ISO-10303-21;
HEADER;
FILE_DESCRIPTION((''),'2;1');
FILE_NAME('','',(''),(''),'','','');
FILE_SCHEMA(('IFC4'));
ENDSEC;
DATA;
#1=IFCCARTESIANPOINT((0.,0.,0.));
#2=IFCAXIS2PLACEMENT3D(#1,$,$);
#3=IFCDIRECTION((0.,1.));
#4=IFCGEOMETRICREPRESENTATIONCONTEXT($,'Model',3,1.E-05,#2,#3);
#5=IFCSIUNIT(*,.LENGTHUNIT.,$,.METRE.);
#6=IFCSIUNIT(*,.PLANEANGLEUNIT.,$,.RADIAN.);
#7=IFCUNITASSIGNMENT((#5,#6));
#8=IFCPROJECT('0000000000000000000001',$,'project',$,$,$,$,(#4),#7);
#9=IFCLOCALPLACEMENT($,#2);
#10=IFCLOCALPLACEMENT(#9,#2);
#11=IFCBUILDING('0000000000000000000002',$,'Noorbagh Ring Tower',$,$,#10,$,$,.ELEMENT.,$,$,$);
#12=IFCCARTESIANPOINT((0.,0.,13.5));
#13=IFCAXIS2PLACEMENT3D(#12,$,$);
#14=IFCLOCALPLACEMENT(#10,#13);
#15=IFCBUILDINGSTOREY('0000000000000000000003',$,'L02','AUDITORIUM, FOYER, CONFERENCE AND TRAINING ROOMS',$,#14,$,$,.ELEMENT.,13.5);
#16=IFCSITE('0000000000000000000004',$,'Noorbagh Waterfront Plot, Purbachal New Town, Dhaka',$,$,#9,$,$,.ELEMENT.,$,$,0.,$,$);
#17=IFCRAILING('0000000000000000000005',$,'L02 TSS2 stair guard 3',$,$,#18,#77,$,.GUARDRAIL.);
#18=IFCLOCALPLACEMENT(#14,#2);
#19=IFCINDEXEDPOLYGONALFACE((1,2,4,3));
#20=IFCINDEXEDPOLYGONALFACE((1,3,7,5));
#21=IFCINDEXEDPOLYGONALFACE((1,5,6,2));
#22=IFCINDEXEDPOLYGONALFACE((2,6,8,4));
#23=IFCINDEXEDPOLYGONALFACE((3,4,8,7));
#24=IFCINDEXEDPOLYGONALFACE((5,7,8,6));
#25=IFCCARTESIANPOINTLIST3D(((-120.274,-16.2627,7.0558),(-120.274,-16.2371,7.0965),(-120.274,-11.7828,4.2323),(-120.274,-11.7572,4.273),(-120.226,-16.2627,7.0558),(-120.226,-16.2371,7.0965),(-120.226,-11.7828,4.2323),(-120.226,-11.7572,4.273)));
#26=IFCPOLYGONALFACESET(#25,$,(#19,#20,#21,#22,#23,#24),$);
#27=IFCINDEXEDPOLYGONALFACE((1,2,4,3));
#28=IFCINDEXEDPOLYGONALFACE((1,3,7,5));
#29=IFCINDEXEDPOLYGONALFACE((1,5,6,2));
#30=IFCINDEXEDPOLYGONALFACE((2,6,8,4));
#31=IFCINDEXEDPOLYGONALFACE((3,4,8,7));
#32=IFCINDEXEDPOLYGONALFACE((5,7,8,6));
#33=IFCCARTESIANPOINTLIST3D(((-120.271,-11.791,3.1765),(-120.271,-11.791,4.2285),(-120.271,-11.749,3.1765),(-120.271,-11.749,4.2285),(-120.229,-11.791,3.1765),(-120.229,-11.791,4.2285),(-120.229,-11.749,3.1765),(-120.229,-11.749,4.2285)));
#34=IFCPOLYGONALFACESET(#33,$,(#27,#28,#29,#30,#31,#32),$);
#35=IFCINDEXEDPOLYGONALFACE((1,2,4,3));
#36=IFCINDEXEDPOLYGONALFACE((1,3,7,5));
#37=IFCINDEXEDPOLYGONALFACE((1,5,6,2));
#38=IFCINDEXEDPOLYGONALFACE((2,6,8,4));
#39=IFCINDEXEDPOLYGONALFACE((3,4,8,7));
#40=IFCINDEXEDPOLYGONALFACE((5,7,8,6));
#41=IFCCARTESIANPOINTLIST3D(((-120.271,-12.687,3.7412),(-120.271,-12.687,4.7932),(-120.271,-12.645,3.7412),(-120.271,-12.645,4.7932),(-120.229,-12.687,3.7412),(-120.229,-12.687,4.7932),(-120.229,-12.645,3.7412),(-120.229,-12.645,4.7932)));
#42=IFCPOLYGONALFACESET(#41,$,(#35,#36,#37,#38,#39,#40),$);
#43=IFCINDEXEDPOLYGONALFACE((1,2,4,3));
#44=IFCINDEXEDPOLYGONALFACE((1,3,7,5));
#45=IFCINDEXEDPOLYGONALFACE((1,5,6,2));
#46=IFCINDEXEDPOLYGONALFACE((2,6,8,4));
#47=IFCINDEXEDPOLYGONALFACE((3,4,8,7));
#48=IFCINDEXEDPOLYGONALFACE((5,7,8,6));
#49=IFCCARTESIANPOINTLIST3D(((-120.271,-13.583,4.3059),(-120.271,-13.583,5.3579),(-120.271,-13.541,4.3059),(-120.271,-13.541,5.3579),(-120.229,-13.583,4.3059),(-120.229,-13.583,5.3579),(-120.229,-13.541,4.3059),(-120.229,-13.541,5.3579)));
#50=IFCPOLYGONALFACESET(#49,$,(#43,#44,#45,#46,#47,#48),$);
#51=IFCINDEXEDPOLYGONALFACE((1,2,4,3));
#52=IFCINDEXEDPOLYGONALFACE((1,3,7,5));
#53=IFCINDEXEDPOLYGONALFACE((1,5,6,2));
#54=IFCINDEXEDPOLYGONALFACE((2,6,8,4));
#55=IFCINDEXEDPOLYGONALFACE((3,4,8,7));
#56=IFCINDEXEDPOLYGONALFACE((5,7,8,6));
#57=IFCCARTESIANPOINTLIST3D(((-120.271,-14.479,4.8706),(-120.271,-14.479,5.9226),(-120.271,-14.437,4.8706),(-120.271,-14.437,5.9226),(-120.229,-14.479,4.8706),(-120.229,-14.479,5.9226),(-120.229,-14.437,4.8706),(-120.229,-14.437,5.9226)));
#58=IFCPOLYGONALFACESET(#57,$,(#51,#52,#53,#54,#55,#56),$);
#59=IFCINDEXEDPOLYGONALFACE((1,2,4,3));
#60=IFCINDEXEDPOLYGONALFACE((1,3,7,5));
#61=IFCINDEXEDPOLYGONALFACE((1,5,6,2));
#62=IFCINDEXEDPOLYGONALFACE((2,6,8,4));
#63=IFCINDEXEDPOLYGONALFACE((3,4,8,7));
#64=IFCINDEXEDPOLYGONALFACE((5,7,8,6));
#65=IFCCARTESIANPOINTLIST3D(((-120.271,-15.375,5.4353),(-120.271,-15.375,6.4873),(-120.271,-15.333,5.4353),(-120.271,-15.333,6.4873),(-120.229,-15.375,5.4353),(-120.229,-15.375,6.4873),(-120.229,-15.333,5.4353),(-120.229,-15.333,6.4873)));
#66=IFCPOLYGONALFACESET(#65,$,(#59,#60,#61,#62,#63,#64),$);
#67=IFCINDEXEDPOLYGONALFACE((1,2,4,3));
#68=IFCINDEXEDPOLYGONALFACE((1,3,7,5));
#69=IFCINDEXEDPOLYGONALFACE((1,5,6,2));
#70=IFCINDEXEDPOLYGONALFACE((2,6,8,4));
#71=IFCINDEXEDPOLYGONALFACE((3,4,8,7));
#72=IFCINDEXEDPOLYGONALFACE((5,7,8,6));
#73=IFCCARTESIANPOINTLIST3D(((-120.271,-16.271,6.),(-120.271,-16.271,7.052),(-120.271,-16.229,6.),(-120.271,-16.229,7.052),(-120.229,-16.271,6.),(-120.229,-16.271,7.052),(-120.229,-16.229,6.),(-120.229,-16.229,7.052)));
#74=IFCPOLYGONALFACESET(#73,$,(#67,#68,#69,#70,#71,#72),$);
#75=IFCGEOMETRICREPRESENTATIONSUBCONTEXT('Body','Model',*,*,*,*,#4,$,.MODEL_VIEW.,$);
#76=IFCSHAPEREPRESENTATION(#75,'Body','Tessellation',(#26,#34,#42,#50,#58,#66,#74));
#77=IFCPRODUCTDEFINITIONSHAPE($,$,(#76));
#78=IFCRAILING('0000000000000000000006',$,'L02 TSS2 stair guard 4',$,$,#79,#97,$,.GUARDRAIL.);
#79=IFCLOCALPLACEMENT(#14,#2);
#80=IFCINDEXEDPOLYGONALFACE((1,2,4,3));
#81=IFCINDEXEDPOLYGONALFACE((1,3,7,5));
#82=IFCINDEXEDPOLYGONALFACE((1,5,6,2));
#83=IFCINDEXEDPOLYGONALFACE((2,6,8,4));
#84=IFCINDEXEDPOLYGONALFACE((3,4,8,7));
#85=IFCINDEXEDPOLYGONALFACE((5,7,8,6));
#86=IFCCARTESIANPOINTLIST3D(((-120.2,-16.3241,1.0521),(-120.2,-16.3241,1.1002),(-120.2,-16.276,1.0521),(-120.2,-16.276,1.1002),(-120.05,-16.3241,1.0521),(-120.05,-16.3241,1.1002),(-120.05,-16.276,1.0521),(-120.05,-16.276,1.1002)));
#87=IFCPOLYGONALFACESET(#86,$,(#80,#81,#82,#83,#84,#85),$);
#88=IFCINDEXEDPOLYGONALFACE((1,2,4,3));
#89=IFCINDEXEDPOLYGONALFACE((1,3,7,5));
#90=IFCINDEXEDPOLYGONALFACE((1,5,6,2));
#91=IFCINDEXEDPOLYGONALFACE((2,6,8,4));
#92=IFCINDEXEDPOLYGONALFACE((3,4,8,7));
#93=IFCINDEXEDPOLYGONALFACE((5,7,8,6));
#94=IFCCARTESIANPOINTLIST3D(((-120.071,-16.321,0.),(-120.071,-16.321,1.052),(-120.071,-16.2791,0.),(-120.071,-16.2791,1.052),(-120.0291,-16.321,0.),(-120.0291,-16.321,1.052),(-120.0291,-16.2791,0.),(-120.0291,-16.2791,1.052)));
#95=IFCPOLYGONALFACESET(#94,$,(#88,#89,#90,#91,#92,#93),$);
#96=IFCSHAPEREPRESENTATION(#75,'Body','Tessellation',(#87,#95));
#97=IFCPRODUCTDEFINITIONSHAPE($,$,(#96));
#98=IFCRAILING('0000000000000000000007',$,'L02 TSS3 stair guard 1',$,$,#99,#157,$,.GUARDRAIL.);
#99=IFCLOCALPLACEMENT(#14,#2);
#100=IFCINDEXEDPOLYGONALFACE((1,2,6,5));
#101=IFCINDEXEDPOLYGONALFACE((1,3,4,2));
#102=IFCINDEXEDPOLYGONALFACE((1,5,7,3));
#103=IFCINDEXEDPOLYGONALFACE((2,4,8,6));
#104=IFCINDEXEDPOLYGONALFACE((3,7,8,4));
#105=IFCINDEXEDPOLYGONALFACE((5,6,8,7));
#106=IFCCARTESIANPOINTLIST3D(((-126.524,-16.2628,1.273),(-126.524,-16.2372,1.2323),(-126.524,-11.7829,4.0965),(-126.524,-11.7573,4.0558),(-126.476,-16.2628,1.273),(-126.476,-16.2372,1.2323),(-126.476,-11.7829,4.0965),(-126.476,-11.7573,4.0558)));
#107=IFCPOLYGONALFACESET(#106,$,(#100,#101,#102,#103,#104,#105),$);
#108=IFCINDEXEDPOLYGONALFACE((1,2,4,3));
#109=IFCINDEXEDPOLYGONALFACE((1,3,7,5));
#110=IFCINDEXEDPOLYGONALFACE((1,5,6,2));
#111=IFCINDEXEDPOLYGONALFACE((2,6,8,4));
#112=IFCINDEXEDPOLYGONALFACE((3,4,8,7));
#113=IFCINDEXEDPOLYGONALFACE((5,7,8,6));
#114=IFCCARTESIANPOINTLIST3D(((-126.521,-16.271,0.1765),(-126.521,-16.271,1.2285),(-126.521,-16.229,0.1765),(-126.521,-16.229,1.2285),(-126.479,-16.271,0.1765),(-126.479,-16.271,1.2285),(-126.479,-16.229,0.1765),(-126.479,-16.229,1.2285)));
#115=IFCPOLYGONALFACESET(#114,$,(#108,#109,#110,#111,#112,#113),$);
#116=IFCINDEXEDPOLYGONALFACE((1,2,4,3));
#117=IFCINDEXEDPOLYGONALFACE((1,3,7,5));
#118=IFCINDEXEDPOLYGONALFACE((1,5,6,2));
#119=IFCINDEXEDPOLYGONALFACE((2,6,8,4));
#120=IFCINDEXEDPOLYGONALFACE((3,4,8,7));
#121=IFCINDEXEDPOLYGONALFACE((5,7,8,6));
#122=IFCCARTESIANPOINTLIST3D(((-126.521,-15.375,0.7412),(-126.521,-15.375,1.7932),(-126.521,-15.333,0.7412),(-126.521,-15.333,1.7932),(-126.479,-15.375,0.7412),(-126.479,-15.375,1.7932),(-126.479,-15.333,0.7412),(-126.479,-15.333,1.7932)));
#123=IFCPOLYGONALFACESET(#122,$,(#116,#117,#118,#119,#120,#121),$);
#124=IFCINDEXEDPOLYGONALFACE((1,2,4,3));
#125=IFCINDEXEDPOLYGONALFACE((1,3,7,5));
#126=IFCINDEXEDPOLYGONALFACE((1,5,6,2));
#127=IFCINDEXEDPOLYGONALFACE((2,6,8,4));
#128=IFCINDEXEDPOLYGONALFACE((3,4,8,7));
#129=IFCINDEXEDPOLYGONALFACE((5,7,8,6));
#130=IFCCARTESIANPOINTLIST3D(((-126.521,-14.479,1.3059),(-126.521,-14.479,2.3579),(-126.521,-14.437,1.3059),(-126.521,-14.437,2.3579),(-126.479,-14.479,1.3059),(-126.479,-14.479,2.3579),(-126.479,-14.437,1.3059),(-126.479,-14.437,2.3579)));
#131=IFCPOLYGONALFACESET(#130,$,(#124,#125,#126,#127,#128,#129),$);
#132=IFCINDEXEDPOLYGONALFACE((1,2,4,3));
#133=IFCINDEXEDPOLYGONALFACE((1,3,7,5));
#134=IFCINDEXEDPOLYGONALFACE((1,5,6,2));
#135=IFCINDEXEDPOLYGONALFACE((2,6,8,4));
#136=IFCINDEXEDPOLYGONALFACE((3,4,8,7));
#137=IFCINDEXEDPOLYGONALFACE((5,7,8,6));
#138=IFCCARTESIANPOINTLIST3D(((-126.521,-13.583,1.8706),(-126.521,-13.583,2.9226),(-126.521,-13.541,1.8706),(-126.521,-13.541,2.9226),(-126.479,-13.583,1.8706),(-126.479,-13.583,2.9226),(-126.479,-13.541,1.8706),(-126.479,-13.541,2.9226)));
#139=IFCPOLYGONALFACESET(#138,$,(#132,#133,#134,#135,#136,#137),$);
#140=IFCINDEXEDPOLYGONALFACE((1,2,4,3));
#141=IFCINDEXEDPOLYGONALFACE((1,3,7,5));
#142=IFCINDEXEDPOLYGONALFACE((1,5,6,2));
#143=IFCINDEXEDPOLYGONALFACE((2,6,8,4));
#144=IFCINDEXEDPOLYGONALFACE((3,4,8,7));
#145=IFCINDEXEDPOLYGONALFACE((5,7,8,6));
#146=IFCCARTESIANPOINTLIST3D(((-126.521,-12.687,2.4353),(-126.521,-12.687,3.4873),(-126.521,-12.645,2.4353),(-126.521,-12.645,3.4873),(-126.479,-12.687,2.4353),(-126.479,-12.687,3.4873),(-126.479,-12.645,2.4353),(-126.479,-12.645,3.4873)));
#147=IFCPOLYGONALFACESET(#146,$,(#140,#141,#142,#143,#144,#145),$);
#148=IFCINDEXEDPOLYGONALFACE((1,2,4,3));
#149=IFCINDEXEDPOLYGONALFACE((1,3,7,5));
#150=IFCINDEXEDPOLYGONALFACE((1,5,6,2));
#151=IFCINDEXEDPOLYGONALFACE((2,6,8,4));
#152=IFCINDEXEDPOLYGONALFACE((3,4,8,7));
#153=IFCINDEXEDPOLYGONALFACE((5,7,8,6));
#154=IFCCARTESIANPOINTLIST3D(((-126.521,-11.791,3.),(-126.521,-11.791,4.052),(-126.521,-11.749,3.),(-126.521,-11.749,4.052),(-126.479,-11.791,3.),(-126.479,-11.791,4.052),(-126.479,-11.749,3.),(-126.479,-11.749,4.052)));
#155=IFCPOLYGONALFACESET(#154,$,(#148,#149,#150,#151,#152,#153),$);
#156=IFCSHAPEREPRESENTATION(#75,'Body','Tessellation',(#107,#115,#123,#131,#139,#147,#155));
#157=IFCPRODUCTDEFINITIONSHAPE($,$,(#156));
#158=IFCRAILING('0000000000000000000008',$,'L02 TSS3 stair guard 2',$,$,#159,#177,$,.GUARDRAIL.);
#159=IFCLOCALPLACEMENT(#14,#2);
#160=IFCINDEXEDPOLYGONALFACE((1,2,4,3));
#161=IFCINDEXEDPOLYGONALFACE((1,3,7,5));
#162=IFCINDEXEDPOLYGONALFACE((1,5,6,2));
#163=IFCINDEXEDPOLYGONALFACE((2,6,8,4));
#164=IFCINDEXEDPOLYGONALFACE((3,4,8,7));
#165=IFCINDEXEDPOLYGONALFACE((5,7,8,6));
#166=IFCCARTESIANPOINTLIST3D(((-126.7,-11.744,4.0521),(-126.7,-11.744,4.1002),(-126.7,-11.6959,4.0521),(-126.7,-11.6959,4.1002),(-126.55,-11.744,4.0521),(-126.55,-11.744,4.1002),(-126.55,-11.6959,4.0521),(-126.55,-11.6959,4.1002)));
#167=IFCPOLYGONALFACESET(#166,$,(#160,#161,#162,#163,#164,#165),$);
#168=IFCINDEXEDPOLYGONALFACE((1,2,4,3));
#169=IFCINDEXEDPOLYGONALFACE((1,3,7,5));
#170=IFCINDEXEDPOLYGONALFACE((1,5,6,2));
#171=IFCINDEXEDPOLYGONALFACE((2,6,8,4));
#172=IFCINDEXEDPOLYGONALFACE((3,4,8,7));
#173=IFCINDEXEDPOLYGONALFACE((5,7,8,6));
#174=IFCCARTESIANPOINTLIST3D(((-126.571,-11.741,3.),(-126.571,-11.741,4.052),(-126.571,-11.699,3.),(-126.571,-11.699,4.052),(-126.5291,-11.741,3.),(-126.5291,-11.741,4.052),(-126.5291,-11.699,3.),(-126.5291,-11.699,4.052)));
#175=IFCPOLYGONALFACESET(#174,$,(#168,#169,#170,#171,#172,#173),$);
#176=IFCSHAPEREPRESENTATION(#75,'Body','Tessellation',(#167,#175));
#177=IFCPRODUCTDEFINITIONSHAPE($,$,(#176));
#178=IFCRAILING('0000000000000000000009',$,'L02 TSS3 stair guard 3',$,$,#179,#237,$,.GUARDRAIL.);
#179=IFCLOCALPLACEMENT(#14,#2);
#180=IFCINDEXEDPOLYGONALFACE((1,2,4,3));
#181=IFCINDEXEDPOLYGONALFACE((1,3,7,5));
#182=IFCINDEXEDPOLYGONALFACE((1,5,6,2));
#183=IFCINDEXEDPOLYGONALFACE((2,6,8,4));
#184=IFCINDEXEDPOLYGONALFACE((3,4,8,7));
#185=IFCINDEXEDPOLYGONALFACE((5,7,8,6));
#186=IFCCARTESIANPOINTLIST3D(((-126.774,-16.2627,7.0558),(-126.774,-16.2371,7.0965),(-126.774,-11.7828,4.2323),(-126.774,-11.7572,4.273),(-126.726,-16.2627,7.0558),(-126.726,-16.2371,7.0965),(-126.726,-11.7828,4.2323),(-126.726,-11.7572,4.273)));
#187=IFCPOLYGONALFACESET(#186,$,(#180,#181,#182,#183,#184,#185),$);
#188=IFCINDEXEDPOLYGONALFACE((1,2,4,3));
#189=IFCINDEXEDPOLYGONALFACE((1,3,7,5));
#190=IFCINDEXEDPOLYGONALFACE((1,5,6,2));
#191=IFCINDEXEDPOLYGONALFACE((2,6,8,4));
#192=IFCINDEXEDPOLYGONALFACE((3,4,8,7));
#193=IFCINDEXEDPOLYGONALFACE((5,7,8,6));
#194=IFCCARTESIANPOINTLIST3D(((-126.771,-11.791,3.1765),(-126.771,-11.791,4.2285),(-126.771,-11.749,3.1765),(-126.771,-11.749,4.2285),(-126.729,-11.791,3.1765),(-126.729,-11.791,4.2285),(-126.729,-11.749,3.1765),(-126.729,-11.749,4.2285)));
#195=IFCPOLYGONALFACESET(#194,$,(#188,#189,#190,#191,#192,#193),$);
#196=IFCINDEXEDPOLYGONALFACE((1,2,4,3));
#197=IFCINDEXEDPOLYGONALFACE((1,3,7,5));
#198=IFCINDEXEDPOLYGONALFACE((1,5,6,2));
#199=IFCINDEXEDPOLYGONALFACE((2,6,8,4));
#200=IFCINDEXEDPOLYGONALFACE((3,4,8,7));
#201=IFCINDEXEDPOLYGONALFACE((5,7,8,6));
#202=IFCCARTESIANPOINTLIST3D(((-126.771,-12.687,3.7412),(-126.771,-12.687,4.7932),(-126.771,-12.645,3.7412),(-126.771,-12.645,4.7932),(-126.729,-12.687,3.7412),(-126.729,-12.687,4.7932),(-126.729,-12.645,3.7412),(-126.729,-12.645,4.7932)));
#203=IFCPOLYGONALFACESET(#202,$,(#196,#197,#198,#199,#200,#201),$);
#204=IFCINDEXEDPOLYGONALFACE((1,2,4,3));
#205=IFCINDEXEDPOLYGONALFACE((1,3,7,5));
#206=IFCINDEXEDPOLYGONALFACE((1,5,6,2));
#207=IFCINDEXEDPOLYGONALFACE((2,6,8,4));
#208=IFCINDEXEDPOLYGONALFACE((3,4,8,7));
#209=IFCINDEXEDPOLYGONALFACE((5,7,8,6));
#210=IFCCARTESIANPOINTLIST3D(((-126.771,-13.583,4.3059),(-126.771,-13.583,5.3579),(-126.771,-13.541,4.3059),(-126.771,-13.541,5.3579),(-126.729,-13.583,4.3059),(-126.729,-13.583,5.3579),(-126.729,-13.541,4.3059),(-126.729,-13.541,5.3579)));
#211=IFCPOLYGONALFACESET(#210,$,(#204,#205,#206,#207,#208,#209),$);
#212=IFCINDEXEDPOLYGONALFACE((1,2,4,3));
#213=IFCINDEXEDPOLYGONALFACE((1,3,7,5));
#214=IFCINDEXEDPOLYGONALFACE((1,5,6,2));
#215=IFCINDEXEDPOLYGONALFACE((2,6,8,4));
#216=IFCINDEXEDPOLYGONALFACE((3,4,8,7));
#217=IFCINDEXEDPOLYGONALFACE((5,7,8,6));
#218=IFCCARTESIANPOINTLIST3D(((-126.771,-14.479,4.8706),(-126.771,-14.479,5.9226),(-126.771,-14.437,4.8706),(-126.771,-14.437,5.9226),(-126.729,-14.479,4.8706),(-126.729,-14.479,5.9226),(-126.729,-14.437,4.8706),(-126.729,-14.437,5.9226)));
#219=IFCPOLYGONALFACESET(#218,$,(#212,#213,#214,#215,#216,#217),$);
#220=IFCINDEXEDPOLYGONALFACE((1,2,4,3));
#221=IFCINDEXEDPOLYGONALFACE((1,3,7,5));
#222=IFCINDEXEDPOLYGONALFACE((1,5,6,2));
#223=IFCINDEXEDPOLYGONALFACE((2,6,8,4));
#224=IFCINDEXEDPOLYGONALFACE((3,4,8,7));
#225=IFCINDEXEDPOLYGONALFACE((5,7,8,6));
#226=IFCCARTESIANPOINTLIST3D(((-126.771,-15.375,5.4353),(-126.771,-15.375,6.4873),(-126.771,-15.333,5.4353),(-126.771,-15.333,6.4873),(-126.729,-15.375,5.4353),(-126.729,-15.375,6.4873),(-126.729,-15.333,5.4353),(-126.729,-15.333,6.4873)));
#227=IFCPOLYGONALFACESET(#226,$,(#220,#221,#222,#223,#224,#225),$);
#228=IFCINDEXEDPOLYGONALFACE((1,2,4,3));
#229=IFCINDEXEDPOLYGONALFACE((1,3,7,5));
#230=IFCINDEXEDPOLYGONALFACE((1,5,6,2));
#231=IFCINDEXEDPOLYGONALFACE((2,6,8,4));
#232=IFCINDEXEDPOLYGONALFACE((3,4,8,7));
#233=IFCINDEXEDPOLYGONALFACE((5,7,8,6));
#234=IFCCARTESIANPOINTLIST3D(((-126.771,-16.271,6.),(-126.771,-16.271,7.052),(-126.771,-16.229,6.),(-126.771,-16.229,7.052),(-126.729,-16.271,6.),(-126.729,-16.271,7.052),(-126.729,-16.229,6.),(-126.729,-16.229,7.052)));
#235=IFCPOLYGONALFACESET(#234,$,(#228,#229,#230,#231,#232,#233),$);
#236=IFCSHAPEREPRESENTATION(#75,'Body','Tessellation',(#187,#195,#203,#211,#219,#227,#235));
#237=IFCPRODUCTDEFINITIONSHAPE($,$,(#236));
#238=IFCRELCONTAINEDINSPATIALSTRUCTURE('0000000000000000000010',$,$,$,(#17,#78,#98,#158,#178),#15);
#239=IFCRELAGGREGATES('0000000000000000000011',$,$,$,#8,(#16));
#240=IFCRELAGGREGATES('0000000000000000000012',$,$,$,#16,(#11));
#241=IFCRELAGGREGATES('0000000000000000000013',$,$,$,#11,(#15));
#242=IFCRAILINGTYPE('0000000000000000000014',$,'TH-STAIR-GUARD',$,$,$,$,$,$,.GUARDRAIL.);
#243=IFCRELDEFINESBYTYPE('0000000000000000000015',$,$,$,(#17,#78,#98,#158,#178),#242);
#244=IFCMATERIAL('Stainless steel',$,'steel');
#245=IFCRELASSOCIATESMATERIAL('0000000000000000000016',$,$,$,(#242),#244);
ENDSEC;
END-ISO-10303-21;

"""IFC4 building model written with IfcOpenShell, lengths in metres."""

from ifc_helpers import new_model, si_unit, direction, frame, origin, origin_2d, place, context, subcontext, project, spatial, rectangle, extrude, material, type_object, element, save


model = new_model("IFC4")

# Units and contexts
model_context = context("Model", 3, precision=1e-05, world=origin(), true_north=direction((0.0, 1.0)))
body_context = subcontext(model_context, "Body", "Model", "MODEL_VIEW")
ifc_project = project(units=[si_unit("LENGTHUNIT", "METRE"), si_unit("PLANEANGLEUNIT", "RADIAN")], contexts=[model_context])

# Site, building, storey
site_placement = place(None, origin())
site = spatial("IfcSite", under=ifc_project, at=site_placement, Name="Noorbagh Waterfront Plot, Purbachal New Town, Dhaka", CompositionType="ELEMENT", RefElevation=0.0)
building_placement = place(site_placement, origin())
building = spatial("IfcBuilding", under=site, at=building_placement, Name="Noorbagh Ring Tower", CompositionType="ELEMENT")
storey_placement = place(building_placement, frame((0.0, 0.0, 13.5)))
storey = spatial("IfcBuildingStorey", under=building, at=storey_placement, Name="L02", Description="AUDITORIUM, FOYER, CONFERENCE AND TRAINING ROOMS", CompositionType="ELEMENT", Elevation=13.5)

# Railings
ifc_material_1 = material(Name="Stainless steel", Category="steel")
railing_type_1 = type_object("IfcRailingType", Name="TH-STAIR-GUARD", PredefinedType="GUARDRAIL", material=ifc_material_1)
railing_1_placement = place(storey_placement, frame((-120.25, -11.77, 3.1765)))
element("IfcRailing", 1, at=railing_1_placement, inside=storey, type_object=railing_type_1, Name="L02 TSS2 stair guard 3", PredefinedType="GUARDRAIL", context=body_context, shape_type="SweptSolid", body=[
    extrude(rectangle(XDim=0.0481, YDim=0.0481, at=origin_2d()), frame((0.0, 0.0, 1.0762), z_axis=(0.0, -0.845998, 0.533186), x_axis=(1.0, 0.0, 0.0)), (0.0, 0.0, 1.0), 5.2954),
    extrude(rectangle(XDim=0.042, YDim=0.042, at=origin_2d()), origin(), (0.0, 0.0, 1.0), 1.052),
    extrude(rectangle(XDim=0.042, YDim=0.042, at=origin_2d()), frame((0.0, -0.896, 0.5647)), (0.0, 0.0, 1.0), 1.052),
    extrude(rectangle(XDim=0.042, YDim=0.042, at=origin_2d()), frame((0.0, -1.792, 1.1294)), (0.0, 0.0, 1.0), 1.052),
    extrude(rectangle(XDim=0.042, YDim=0.042, at=origin_2d()), frame((0.0, -2.688, 1.6941)), (0.0, 0.0, 1.0), 1.052),
    extrude(rectangle(XDim=0.042, YDim=0.042, at=origin_2d()), frame((0.0, -3.584, 2.2588)), (0.0, 0.0, 1.0), 1.052),
    extrude(rectangle(XDim=0.042, YDim=0.042, at=origin_2d()), frame((0.0, -4.48, 2.8235)), (0.0, 0.0, 1.0), 1.052),
])
railing_2_placement = place(storey_placement, frame((-120.05, -16.3, 0.0)))
element("IfcRailing", 2, at=railing_2_placement, inside=storey, type_object=railing_type_1, Name="L02 TSS2 stair guard 4", PredefinedType="GUARDRAIL", context=body_context, shape_type="SweptSolid", body=[
    extrude(rectangle(XDim=0.0481, YDim=0.0481, at=origin_2d()), frame((0.0, 0.0, 1.0762), z_axis=(-1.0, 0.0, 0.0), x_axis=(0.0, -1.0, 0.0)), (0.0, 0.0, 1.0), 0.1499),
    extrude(rectangle(XDim=0.042, YDim=0.042, at=origin_2d()), origin(), (0.0, 0.0, 1.0), 1.052),
])
railing_3_placement = place(storey_placement, frame((-126.5, -16.25, 0.1765)))
element("IfcRailing", 3, at=railing_3_placement, inside=storey, type_object=railing_type_1, Name="L02 TSS3 stair guard 1", PredefinedType="GUARDRAIL", context=body_context, shape_type="SweptSolid", body=[
    extrude(rectangle(XDim=0.0481, YDim=0.0481, at=origin_2d()), frame((0.0, 0.0, 1.0762), z_axis=(0.0, 0.845998, 0.533186), x_axis=(-1.0, 0.0, 0.0)), (0.0, 0.0, 1.0), 5.2954),
    extrude(rectangle(XDim=0.042, YDim=0.042, at=origin_2d()), origin(), (0.0, 0.0, 1.0), 1.052),
    extrude(rectangle(XDim=0.042, YDim=0.042, at=origin_2d()), frame((0.0, 0.896, 0.5647)), (0.0, 0.0, 1.0), 1.052),
    extrude(rectangle(XDim=0.042, YDim=0.042, at=origin_2d()), frame((0.0, 1.792, 1.1294)), (0.0, 0.0, 1.0), 1.052),
    extrude(rectangle(XDim=0.042, YDim=0.042, at=origin_2d()), frame((0.0, 2.688, 1.6941)), (0.0, 0.0, 1.0), 1.052),
    extrude(rectangle(XDim=0.042, YDim=0.042, at=origin_2d()), frame((0.0, 3.584, 2.2588)), (0.0, 0.0, 1.0), 1.052),
    extrude(rectangle(XDim=0.042, YDim=0.042, at=origin_2d()), frame((0.0, 4.48, 2.8235)), (0.0, 0.0, 1.0), 1.052),
])
railing_4_placement = place(storey_placement, frame((-126.55, -11.72, 3.0)))
element("IfcRailing", 4, at=railing_4_placement, inside=storey, type_object=railing_type_1, Name="L02 TSS3 stair guard 2", PredefinedType="GUARDRAIL", context=body_context, shape_type="SweptSolid", body=[
    extrude(rectangle(XDim=0.0481, YDim=0.0481, at=origin_2d()), frame((0.0, 0.0, 1.0762), z_axis=(-1.0, 0.0, 0.0), x_axis=(0.0, -1.0, 0.0)), (0.0, 0.0, 1.0), 0.1499),
    extrude(rectangle(XDim=0.042, YDim=0.042, at=origin_2d()), origin(), (0.0, 0.0, 1.0), 1.052),
])
railing_5_placement = place(storey_placement, frame((-126.75, -11.77, 3.1765)))
element("IfcRailing", 5, at=railing_5_placement, inside=storey, type_object=railing_type_1, Name="L02 TSS3 stair guard 3", PredefinedType="GUARDRAIL", context=body_context, shape_type="SweptSolid", body=[
    extrude(rectangle(XDim=0.0481, YDim=0.0481, at=origin_2d()), frame((0.0, 0.0, 1.0762), z_axis=(0.0, -0.845998, 0.533186), x_axis=(1.0, 0.0, 0.0)), (0.0, 0.0, 1.0), 5.2954),
    extrude(rectangle(XDim=0.042, YDim=0.042, at=origin_2d()), origin(), (0.0, 0.0, 1.0), 1.052),
    extrude(rectangle(XDim=0.042, YDim=0.042, at=origin_2d()), frame((0.0, -0.896, 0.5647)), (0.0, 0.0, 1.0), 1.052),
    extrude(rectangle(XDim=0.042, YDim=0.042, at=origin_2d()), frame((0.0, -1.792, 1.1294)), (0.0, 0.0, 1.0), 1.052),
    extrude(rectangle(XDim=0.042, YDim=0.042, at=origin_2d()), frame((0.0, -2.688, 1.6941)), (0.0, 0.0, 1.0), 1.052),
    extrude(rectangle(XDim=0.042, YDim=0.042, at=origin_2d()), frame((0.0, -3.584, 2.2588)), (0.0, 0.0, 1.0), 1.052),
    extrude(rectangle(XDim=0.042, YDim=0.042, at=origin_2d()), frame((0.0, -4.48, 2.8235)), (0.0, 0.0, 1.0), 1.052),
])

save(model, "model.ifc")
